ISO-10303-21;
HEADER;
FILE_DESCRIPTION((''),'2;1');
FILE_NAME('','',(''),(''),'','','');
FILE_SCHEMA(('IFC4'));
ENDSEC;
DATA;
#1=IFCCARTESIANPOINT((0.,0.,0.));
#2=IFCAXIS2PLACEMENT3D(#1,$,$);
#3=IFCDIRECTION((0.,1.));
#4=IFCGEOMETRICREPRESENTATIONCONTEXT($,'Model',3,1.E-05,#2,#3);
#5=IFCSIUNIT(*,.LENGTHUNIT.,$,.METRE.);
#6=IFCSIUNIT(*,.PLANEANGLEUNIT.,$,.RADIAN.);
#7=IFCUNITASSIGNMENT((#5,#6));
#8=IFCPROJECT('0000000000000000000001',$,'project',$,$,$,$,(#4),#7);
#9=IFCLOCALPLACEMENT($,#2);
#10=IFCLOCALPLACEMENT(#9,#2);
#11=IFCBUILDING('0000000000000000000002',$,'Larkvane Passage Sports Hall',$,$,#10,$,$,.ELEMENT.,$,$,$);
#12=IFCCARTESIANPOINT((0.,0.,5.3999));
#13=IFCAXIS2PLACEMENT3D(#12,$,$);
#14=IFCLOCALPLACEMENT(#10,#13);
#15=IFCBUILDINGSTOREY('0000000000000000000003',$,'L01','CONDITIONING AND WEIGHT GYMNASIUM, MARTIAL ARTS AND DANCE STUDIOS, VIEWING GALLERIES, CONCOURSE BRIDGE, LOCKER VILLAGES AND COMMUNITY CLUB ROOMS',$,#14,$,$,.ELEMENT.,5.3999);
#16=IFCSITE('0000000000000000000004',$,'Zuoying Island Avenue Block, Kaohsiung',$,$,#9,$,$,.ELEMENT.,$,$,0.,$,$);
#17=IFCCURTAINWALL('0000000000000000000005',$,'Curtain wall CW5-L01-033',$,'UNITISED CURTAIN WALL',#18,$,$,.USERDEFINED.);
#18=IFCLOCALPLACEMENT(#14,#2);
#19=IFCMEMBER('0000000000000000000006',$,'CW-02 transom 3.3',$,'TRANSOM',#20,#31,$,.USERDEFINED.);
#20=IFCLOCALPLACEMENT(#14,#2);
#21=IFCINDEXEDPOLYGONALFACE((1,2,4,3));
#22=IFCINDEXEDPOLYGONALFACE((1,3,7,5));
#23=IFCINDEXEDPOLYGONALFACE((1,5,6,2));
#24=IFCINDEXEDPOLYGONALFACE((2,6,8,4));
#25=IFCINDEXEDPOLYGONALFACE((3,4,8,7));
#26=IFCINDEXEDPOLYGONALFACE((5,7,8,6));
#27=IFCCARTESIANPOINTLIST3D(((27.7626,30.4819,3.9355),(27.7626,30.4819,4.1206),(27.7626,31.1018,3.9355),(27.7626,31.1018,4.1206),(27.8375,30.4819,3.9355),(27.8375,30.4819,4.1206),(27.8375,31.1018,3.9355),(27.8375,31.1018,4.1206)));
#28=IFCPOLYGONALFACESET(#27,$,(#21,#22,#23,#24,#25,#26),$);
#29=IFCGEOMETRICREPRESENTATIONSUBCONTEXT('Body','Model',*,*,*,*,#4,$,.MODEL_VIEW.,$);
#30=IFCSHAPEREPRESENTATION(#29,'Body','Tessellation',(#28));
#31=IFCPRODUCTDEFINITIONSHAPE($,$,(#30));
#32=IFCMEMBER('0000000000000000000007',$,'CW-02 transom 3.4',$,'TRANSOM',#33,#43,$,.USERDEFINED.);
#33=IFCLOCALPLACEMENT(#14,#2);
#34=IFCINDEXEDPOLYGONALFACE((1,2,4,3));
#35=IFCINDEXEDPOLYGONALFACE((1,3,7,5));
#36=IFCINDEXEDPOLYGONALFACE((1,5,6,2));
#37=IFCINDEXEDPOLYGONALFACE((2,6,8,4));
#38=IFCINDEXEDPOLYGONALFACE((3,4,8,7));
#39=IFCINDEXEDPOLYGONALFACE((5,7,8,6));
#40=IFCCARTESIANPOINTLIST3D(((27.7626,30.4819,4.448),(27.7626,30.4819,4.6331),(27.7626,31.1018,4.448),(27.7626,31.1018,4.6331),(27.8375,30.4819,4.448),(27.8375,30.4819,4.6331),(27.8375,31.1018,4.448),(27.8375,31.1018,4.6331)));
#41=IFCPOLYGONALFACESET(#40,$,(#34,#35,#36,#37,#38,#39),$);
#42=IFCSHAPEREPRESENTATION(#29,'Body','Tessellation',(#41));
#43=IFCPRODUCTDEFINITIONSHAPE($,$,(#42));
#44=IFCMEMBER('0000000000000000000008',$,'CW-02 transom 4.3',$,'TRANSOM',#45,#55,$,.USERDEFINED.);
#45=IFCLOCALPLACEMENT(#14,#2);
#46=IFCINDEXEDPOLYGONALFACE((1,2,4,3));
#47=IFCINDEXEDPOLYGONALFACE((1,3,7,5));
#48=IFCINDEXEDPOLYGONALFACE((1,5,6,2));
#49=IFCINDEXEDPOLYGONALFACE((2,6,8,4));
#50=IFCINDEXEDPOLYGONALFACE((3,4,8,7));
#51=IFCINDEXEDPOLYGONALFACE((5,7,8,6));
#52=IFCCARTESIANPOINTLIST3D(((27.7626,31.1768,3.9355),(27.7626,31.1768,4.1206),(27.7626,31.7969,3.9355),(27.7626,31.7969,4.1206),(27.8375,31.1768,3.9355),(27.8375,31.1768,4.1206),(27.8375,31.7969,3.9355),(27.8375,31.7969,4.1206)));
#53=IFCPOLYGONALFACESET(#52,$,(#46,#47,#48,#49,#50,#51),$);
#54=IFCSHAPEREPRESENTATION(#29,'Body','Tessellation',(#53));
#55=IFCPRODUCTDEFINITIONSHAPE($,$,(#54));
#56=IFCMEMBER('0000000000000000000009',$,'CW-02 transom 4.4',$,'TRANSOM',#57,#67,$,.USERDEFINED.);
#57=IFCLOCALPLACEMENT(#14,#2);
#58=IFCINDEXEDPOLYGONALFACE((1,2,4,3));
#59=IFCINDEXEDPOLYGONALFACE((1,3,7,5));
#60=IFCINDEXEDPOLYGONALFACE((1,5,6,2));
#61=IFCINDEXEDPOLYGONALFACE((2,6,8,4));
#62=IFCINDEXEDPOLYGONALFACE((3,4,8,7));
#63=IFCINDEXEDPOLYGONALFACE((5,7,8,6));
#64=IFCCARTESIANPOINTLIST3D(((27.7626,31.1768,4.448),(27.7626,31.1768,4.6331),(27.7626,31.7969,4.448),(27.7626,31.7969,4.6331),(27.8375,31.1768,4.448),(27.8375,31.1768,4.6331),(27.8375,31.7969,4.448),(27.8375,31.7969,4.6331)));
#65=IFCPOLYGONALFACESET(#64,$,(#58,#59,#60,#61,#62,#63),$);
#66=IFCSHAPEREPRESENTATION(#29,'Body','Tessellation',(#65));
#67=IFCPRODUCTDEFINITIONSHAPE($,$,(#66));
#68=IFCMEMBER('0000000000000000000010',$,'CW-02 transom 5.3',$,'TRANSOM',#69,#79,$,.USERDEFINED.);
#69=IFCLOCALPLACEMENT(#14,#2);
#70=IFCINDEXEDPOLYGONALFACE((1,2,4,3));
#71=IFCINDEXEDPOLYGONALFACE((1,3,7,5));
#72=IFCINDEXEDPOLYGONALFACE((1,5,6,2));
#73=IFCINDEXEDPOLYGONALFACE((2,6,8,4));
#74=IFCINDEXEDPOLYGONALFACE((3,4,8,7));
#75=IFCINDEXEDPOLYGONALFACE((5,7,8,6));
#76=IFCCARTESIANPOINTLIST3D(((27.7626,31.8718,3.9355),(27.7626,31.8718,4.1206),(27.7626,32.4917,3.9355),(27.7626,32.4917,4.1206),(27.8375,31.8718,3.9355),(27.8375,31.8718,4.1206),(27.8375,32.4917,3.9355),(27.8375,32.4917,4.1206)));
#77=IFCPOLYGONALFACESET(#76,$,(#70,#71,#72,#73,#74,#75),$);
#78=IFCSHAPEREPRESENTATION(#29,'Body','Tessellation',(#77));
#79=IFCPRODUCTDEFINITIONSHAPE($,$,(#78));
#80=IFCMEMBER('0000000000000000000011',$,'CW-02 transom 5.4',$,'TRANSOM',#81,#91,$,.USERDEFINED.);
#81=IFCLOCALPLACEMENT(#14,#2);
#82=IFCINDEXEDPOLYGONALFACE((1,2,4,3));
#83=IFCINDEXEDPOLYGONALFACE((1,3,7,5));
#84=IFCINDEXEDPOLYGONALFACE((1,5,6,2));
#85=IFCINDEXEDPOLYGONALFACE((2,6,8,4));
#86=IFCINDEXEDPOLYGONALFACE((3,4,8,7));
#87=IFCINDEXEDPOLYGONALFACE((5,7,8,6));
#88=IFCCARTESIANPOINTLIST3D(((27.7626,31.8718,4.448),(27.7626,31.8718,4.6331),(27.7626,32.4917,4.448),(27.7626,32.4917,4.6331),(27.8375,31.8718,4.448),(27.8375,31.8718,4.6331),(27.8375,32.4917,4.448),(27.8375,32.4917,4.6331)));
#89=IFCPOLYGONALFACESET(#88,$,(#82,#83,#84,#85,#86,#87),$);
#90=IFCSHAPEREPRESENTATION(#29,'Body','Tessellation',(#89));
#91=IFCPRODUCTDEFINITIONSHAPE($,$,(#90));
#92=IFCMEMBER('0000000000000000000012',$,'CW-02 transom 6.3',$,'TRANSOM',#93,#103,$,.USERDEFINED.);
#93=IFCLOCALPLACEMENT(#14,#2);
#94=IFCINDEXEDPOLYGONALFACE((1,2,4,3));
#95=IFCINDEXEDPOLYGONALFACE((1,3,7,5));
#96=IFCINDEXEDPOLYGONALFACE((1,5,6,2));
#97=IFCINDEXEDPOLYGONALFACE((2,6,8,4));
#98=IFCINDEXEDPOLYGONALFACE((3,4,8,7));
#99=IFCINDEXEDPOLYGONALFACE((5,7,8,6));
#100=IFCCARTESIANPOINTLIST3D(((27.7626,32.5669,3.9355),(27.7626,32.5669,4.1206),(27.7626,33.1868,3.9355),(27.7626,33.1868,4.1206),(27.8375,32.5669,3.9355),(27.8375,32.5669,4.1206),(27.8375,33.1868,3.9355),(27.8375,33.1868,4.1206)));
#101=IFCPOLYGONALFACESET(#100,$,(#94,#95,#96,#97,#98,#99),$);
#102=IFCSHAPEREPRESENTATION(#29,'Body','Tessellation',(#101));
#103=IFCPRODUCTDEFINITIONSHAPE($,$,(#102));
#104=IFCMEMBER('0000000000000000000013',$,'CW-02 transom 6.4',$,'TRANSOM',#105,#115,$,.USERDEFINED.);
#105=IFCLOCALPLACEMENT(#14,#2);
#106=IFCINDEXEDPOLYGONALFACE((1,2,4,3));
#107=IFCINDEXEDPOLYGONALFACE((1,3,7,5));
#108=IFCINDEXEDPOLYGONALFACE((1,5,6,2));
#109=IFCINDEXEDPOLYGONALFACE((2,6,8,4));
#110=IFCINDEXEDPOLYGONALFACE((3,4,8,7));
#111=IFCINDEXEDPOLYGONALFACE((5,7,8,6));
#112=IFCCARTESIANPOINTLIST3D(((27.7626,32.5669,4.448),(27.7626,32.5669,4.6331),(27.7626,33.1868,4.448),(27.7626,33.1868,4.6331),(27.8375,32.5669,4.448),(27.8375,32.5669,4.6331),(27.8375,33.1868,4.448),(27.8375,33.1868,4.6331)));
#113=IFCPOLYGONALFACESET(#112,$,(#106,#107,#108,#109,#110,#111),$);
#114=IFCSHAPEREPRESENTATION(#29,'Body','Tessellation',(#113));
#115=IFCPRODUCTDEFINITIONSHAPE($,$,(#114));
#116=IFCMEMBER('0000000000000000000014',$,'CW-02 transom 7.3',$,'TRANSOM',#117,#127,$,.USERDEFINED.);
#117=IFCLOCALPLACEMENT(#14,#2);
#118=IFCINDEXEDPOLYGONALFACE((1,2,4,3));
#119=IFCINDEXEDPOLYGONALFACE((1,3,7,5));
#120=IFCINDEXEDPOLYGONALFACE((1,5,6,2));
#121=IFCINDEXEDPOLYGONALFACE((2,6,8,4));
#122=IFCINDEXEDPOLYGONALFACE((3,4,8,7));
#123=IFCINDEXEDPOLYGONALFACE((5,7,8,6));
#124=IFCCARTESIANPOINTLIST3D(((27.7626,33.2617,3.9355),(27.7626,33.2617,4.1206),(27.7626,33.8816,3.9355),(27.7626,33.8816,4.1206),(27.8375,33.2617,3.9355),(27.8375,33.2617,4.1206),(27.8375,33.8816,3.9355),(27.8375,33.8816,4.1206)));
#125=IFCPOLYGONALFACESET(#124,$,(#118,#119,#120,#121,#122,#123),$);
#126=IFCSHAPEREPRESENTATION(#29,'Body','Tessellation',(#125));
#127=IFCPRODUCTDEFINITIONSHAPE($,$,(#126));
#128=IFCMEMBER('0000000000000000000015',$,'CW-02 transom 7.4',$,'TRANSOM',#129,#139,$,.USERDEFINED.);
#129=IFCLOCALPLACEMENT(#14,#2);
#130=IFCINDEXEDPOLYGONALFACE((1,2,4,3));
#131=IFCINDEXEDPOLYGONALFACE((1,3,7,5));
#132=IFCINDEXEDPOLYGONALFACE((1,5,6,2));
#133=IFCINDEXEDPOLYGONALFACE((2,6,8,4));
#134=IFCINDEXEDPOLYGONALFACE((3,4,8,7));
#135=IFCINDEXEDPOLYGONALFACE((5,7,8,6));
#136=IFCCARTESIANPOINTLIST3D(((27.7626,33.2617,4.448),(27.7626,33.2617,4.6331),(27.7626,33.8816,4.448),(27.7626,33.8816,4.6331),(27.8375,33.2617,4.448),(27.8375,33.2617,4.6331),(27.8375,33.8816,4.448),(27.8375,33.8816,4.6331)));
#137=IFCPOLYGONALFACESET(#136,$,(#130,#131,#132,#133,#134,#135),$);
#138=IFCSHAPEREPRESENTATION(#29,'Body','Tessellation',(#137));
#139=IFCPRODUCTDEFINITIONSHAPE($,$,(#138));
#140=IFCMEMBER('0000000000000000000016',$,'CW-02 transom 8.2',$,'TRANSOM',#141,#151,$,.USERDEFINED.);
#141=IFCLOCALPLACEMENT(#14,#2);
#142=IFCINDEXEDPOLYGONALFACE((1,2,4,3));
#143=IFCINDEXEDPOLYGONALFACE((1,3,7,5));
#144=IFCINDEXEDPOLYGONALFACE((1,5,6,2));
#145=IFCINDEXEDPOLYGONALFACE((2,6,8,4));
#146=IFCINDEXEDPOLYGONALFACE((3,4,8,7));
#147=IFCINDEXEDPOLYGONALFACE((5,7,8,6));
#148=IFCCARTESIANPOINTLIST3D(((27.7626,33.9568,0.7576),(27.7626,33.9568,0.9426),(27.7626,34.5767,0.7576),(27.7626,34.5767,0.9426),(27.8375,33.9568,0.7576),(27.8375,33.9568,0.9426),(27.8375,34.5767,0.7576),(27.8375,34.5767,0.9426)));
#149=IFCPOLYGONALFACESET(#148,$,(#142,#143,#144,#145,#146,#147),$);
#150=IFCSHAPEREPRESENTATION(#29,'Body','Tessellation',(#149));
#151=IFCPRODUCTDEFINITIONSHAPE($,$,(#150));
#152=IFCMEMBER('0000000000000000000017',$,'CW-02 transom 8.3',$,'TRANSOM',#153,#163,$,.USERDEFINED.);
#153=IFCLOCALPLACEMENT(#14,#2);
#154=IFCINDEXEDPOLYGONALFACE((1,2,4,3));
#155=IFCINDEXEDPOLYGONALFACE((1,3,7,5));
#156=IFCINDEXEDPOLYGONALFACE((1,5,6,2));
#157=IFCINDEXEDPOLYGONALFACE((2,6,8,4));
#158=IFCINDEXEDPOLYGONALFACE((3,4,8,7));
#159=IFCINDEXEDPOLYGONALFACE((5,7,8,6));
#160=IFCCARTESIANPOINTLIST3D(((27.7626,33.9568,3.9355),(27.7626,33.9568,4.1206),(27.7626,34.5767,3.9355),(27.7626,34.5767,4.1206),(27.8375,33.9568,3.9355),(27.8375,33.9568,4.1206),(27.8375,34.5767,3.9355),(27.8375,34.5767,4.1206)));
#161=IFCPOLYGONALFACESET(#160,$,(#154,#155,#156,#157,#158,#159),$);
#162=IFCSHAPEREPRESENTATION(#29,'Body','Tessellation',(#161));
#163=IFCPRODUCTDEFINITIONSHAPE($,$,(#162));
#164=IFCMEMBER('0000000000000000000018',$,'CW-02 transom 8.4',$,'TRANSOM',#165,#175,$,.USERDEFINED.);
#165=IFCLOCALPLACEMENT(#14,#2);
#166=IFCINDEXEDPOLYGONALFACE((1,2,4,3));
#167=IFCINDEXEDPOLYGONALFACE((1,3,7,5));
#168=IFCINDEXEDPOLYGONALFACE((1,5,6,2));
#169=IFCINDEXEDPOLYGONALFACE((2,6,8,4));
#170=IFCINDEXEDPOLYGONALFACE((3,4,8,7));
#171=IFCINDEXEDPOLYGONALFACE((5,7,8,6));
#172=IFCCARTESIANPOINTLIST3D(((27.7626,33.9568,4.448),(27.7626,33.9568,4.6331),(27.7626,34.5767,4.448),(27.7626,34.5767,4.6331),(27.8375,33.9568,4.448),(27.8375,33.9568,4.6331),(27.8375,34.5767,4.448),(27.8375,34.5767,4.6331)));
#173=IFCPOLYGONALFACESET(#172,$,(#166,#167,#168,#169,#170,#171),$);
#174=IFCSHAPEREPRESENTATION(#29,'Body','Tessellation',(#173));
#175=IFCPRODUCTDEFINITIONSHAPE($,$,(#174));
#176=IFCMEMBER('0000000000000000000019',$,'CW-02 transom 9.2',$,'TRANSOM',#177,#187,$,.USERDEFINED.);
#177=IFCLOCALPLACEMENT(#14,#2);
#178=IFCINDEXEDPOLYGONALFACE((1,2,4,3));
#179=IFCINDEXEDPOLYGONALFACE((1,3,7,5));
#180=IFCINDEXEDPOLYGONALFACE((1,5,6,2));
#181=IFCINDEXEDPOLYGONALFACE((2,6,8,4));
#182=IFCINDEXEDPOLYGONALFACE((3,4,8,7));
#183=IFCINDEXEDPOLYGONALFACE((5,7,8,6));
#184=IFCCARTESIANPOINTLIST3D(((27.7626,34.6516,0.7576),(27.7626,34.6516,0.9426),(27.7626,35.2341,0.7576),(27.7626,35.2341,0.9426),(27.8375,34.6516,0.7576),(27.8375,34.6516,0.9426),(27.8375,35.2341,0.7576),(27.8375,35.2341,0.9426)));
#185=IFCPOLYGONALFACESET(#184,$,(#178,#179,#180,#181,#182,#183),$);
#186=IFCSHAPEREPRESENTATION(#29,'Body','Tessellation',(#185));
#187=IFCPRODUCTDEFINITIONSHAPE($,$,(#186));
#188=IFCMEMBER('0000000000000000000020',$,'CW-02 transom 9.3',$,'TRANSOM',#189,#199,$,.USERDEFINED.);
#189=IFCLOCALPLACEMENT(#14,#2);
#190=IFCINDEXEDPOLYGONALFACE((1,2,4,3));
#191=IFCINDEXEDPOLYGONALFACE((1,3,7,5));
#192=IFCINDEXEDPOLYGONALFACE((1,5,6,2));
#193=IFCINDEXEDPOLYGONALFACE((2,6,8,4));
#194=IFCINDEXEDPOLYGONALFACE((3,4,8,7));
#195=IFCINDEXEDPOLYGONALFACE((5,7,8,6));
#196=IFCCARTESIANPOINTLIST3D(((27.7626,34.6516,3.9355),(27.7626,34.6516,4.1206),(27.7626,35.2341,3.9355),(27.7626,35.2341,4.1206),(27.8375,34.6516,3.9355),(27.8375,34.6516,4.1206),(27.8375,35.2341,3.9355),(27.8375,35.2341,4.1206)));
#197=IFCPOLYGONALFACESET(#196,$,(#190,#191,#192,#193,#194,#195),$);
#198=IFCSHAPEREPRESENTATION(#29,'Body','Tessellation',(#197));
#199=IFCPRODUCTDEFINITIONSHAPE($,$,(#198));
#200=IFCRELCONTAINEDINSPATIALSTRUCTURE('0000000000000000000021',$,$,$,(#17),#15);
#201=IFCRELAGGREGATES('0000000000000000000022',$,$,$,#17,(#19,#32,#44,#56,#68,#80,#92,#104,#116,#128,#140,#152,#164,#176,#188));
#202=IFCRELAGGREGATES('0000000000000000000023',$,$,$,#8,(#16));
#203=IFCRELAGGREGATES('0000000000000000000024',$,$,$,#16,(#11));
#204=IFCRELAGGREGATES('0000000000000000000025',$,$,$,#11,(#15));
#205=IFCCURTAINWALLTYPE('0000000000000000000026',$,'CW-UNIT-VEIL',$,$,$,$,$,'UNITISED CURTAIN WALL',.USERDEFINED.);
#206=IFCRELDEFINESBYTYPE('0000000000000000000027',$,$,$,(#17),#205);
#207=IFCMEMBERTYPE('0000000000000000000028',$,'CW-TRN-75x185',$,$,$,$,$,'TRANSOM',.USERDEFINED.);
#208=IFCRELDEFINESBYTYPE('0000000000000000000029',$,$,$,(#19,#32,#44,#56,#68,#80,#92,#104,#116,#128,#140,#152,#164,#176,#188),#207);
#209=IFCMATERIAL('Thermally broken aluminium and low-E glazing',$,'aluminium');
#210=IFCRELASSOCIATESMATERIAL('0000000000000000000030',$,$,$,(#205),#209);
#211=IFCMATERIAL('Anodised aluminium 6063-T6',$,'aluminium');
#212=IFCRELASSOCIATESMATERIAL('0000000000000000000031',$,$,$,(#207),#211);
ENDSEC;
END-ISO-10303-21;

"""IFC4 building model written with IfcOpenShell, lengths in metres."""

from ifc_helpers import new_model, si_unit, direction, frame, origin, origin_2d, place, context, subcontext, project, spatial, rectangle, extrude, material, material_profile, profile_set, type_object, element, aggregate, save


model = new_model("IFC4")

# Units and contexts
model_context = context("Model", 3, precision=1e-05, world=origin(), true_north=direction((0.0, 1.0)))
body_context = subcontext(model_context, "Body", "Model", "MODEL_VIEW")
ifc_project = project(units=[si_unit("LENGTHUNIT", "METRE"), si_unit("PLANEANGLEUNIT", "RADIAN")], contexts=[model_context])

# Site, building, storey
site_placement = place(None, origin())
site = spatial("IfcSite", under=ifc_project, at=site_placement, Name="Zuoying Island Avenue Block, Kaohsiung", CompositionType="ELEMENT", RefElevation=0.0)
building_placement = place(site_placement, origin())
building = spatial("IfcBuilding", under=site, at=building_placement, Name="Larkvane Passage Sports Hall", CompositionType="ELEMENT")
storey_placement = place(building_placement, frame((0.0, 0.0, 5.3999)))
storey = spatial("IfcBuildingStorey", under=building, at=storey_placement, Name="L01", Description="CONDITIONING AND WEIGHT GYMNASIUM, MARTIAL ARTS AND DANCE STUDIOS, VIEWING GALLERIES, CONCOURSE BRIDGE, LOCKER VILLAGES AND COMMUNITY CLUB ROOMS", CompositionType="ELEMENT", Elevation=5.3999)

# Curtain wall, members
ifc_material_1 = material(Name="Thermally broken aluminium and low-E glazing", Category="aluminium")
curtain_wall_type = type_object("IfcCurtainWallType", Name="CW-UNIT-VEIL", ElementType="UNITISED CURTAIN WALL", PredefinedType="USERDEFINED", material=ifc_material_1)
curtain_wall_placement = place(storey_placement, origin())
curtain_wall = element("IfcCurtainWall", 1, at=curtain_wall_placement, inside=storey, type_object=curtain_wall_type, Name="Curtain wall CW5-L01-033", ObjectType="UNITISED CURTAIN WALL", PredefinedType="USERDEFINED")
ifc_material_2 = material(Name="Anodised aluminium 6063-T6", Category="aluminium")
ifc_material_profile = material_profile(ifc_material_2, rectangle(XDim=0.075, YDim=0.1851, at=origin_2d()), Name="ALU-TRN-75x185")
ifc_profile_set = profile_set([ifc_material_profile], Name="Anodised aluminium 6063-T6")
member_type = type_object("IfcMemberType", Name="CW-TRN-75x185", ElementType="TRANSOM", PredefinedType="USERDEFINED", material=ifc_profile_set)
member_1_placement = place(storey_placement, frame((27.8, 30.4819, 4.0281), z_axis=(0.0, 1.0, 0.0), x_axis=(-1.0, 0.0, 0.0)))
member_1 = element("IfcMember", 2, at=member_1_placement, type_object=member_type, Name="CW-02 transom 3.3", ObjectType="TRANSOM", PredefinedType="USERDEFINED", context=body_context, shape_type="SweptSolid", body=[
    extrude(rectangle(XDim=0.075, YDim=0.1851, at=origin_2d()), origin(), (0.0, 0.0, 1.0), 0.6199),
])
member_2_placement = place(storey_placement, frame((27.8, 30.4819, 4.5405), z_axis=(0.0, 1.0, 0.0), x_axis=(-1.0, 0.0, 0.0)))
member_2 = element("IfcMember", 3, at=member_2_placement, type_object=member_type, Name="CW-02 transom 3.4", ObjectType="TRANSOM", PredefinedType="USERDEFINED", context=body_context, shape_type="SweptSolid", body=[
    extrude(rectangle(XDim=0.075, YDim=0.1851, at=origin_2d()), origin(), (0.0, 0.0, 1.0), 0.6199),
])
member_3_placement = place(storey_placement, frame((27.8, 31.1768, 4.0281), z_axis=(0.0, 1.0, 0.0), x_axis=(-1.0, 0.0, 0.0)))
member_3 = element("IfcMember", 4, at=member_3_placement, type_object=member_type, Name="CW-02 transom 4.3", ObjectType="TRANSOM", PredefinedType="USERDEFINED", context=body_context, shape_type="SweptSolid", body=[
    extrude(rectangle(XDim=0.075, YDim=0.1851, at=origin_2d()), origin(), (0.0, 0.0, 1.0), 0.6201),
])
member_4_placement = place(storey_placement, frame((27.8, 31.1768, 4.5405), z_axis=(0.0, 1.0, 0.0), x_axis=(-1.0, 0.0, 0.0)))
member_4 = element("IfcMember", 5, at=member_4_placement, type_object=member_type, Name="CW-02 transom 4.4", ObjectType="TRANSOM", PredefinedType="USERDEFINED", context=body_context, shape_type="SweptSolid", body=[
    extrude(rectangle(XDim=0.075, YDim=0.1851, at=origin_2d()), origin(), (0.0, 0.0, 1.0), 0.6201),
])
member_5_placement = place(storey_placement, frame((27.8, 31.8718, 4.0281), z_axis=(0.0, 1.0, 0.0), x_axis=(-1.0, 0.0, 0.0)))
member_5 = element("IfcMember", 6, at=member_5_placement, type_object=member_type, Name="CW-02 transom 5.3", ObjectType="TRANSOM", PredefinedType="USERDEFINED", context=body_context, shape_type="SweptSolid", body=[
    extrude(rectangle(XDim=0.075, YDim=0.1851, at=origin_2d()), origin(), (0.0, 0.0, 1.0), 0.6199),
])
member_6_placement = place(storey_placement, frame((27.8, 31.8718, 4.5405), z_axis=(0.0, 1.0, 0.0), x_axis=(-1.0, 0.0, 0.0)))
member_6 = element("IfcMember", 7, at=member_6_placement, type_object=member_type, Name="CW-02 transom 5.4", ObjectType="TRANSOM", PredefinedType="USERDEFINED", context=body_context, shape_type="SweptSolid", body=[
    extrude(rectangle(XDim=0.075, YDim=0.1851, at=origin_2d()), origin(), (0.0, 0.0, 1.0), 0.6199),
])
member_7_placement = place(storey_placement, frame((27.8, 32.5669, 4.0281), z_axis=(0.0, 1.0, 0.0), x_axis=(-1.0, 0.0, 0.0)))
member_7 = element("IfcMember", 8, at=member_7_placement, type_object=member_type, Name="CW-02 transom 6.3", ObjectType="TRANSOM", PredefinedType="USERDEFINED", context=body_context, shape_type="SweptSolid", body=[
    extrude(rectangle(XDim=0.075, YDim=0.1851, at=origin_2d()), origin(), (0.0, 0.0, 1.0), 0.6199),
])
member_8_placement = place(storey_placement, frame((27.8, 32.5669, 4.5405), z_axis=(0.0, 1.0, 0.0), x_axis=(-1.0, 0.0, 0.0)))
member_8 = element("IfcMember", 9, at=member_8_placement, type_object=member_type, Name="CW-02 transom 6.4", ObjectType="TRANSOM", PredefinedType="USERDEFINED", context=body_context, shape_type="SweptSolid", body=[
    extrude(rectangle(XDim=0.075, YDim=0.1851, at=origin_2d()), origin(), (0.0, 0.0, 1.0), 0.6199),
])
member_9_placement = place(storey_placement, frame((27.8, 33.2617, 4.0281), z_axis=(0.0, 1.0, 0.0), x_axis=(-1.0, 0.0, 0.0)))
member_9 = element("IfcMember", 10, at=member_9_placement, type_object=member_type, Name="CW-02 transom 7.3", ObjectType="TRANSOM", PredefinedType="USERDEFINED", context=body_context, shape_type="SweptSolid", body=[
    extrude(rectangle(XDim=0.075, YDim=0.1851, at=origin_2d()), origin(), (0.0, 0.0, 1.0), 0.6199),
])
member_10_placement = place(storey_placement, frame((27.8, 33.2617, 4.5405), z_axis=(0.0, 1.0, 0.0), x_axis=(-1.0, 0.0, 0.0)))
member_10 = element("IfcMember", 11, at=member_10_placement, type_object=member_type, Name="CW-02 transom 7.4", ObjectType="TRANSOM", PredefinedType="USERDEFINED", context=body_context, shape_type="SweptSolid", body=[
    extrude(rectangle(XDim=0.075, YDim=0.1851, at=origin_2d()), origin(), (0.0, 0.0, 1.0), 0.6199),
])
member_11_placement = place(storey_placement, frame((27.8, 33.9568, 0.8501), z_axis=(0.0, 1.0, 0.0), x_axis=(-1.0, 0.0, 0.0)))
member_11 = element("IfcMember", 12, at=member_11_placement, type_object=member_type, Name="CW-02 transom 8.2", ObjectType="TRANSOM", PredefinedType="USERDEFINED", context=body_context, shape_type="SweptSolid", body=[
    extrude(rectangle(XDim=0.075, YDim=0.1851, at=origin_2d()), origin(), (0.0, 0.0, 1.0), 0.6199),
])
member_12_placement = place(storey_placement, frame((27.8, 33.9568, 4.0281), z_axis=(0.0, 1.0, 0.0), x_axis=(-1.0, 0.0, 0.0)))
member_12 = element("IfcMember", 13, at=member_12_placement, type_object=member_type, Name="CW-02 transom 8.3", ObjectType="TRANSOM", PredefinedType="USERDEFINED", context=body_context, shape_type="SweptSolid", body=[
    extrude(rectangle(XDim=0.075, YDim=0.1851, at=origin_2d()), origin(), (0.0, 0.0, 1.0), 0.6199),
])
member_13_placement = place(storey_placement, frame((27.8, 33.9568, 4.5405), z_axis=(0.0, 1.0, 0.0), x_axis=(-1.0, 0.0, 0.0)))
member_13 = element("IfcMember", 14, at=member_13_placement, type_object=member_type, Name="CW-02 transom 8.4", ObjectType="TRANSOM", PredefinedType="USERDEFINED", context=body_context, shape_type="SweptSolid", body=[
    extrude(rectangle(XDim=0.075, YDim=0.1851, at=origin_2d()), origin(), (0.0, 0.0, 1.0), 0.6199),
])
member_14_placement = place(storey_placement, frame((27.8, 34.6516, 0.8501), z_axis=(0.0, 1.0, 0.0), x_axis=(-1.0, 0.0, 0.0)))
member_14 = element("IfcMember", 15, at=member_14_placement, type_object=member_type, Name="CW-02 transom 9.2", ObjectType="TRANSOM", PredefinedType="USERDEFINED", context=body_context, shape_type="SweptSolid", body=[
    extrude(rectangle(XDim=0.075, YDim=0.1851, at=origin_2d()), origin(), (0.0, 0.0, 1.0), 0.5825),
])
member_15_placement = place(storey_placement, frame((27.8, 34.6516, 4.0281), z_axis=(0.0, 1.0, 0.0), x_axis=(-1.0, 0.0, 0.0)))
member_15 = element("IfcMember", 16, at=member_15_placement, type_object=member_type, Name="CW-02 transom 9.3", ObjectType="TRANSOM", PredefinedType="USERDEFINED", context=body_context, shape_type="SweptSolid", body=[
    extrude(rectangle(XDim=0.075, YDim=0.1851, at=origin_2d()), origin(), (0.0, 0.0, 1.0), 0.5825),
])
aggregate(curtain_wall, [member_1, member_2, member_3, member_4, member_5, member_6, member_7, member_8, member_9, member_10, member_11, member_12, member_13, member_14, member_15])

save(model, "model.ifc")
